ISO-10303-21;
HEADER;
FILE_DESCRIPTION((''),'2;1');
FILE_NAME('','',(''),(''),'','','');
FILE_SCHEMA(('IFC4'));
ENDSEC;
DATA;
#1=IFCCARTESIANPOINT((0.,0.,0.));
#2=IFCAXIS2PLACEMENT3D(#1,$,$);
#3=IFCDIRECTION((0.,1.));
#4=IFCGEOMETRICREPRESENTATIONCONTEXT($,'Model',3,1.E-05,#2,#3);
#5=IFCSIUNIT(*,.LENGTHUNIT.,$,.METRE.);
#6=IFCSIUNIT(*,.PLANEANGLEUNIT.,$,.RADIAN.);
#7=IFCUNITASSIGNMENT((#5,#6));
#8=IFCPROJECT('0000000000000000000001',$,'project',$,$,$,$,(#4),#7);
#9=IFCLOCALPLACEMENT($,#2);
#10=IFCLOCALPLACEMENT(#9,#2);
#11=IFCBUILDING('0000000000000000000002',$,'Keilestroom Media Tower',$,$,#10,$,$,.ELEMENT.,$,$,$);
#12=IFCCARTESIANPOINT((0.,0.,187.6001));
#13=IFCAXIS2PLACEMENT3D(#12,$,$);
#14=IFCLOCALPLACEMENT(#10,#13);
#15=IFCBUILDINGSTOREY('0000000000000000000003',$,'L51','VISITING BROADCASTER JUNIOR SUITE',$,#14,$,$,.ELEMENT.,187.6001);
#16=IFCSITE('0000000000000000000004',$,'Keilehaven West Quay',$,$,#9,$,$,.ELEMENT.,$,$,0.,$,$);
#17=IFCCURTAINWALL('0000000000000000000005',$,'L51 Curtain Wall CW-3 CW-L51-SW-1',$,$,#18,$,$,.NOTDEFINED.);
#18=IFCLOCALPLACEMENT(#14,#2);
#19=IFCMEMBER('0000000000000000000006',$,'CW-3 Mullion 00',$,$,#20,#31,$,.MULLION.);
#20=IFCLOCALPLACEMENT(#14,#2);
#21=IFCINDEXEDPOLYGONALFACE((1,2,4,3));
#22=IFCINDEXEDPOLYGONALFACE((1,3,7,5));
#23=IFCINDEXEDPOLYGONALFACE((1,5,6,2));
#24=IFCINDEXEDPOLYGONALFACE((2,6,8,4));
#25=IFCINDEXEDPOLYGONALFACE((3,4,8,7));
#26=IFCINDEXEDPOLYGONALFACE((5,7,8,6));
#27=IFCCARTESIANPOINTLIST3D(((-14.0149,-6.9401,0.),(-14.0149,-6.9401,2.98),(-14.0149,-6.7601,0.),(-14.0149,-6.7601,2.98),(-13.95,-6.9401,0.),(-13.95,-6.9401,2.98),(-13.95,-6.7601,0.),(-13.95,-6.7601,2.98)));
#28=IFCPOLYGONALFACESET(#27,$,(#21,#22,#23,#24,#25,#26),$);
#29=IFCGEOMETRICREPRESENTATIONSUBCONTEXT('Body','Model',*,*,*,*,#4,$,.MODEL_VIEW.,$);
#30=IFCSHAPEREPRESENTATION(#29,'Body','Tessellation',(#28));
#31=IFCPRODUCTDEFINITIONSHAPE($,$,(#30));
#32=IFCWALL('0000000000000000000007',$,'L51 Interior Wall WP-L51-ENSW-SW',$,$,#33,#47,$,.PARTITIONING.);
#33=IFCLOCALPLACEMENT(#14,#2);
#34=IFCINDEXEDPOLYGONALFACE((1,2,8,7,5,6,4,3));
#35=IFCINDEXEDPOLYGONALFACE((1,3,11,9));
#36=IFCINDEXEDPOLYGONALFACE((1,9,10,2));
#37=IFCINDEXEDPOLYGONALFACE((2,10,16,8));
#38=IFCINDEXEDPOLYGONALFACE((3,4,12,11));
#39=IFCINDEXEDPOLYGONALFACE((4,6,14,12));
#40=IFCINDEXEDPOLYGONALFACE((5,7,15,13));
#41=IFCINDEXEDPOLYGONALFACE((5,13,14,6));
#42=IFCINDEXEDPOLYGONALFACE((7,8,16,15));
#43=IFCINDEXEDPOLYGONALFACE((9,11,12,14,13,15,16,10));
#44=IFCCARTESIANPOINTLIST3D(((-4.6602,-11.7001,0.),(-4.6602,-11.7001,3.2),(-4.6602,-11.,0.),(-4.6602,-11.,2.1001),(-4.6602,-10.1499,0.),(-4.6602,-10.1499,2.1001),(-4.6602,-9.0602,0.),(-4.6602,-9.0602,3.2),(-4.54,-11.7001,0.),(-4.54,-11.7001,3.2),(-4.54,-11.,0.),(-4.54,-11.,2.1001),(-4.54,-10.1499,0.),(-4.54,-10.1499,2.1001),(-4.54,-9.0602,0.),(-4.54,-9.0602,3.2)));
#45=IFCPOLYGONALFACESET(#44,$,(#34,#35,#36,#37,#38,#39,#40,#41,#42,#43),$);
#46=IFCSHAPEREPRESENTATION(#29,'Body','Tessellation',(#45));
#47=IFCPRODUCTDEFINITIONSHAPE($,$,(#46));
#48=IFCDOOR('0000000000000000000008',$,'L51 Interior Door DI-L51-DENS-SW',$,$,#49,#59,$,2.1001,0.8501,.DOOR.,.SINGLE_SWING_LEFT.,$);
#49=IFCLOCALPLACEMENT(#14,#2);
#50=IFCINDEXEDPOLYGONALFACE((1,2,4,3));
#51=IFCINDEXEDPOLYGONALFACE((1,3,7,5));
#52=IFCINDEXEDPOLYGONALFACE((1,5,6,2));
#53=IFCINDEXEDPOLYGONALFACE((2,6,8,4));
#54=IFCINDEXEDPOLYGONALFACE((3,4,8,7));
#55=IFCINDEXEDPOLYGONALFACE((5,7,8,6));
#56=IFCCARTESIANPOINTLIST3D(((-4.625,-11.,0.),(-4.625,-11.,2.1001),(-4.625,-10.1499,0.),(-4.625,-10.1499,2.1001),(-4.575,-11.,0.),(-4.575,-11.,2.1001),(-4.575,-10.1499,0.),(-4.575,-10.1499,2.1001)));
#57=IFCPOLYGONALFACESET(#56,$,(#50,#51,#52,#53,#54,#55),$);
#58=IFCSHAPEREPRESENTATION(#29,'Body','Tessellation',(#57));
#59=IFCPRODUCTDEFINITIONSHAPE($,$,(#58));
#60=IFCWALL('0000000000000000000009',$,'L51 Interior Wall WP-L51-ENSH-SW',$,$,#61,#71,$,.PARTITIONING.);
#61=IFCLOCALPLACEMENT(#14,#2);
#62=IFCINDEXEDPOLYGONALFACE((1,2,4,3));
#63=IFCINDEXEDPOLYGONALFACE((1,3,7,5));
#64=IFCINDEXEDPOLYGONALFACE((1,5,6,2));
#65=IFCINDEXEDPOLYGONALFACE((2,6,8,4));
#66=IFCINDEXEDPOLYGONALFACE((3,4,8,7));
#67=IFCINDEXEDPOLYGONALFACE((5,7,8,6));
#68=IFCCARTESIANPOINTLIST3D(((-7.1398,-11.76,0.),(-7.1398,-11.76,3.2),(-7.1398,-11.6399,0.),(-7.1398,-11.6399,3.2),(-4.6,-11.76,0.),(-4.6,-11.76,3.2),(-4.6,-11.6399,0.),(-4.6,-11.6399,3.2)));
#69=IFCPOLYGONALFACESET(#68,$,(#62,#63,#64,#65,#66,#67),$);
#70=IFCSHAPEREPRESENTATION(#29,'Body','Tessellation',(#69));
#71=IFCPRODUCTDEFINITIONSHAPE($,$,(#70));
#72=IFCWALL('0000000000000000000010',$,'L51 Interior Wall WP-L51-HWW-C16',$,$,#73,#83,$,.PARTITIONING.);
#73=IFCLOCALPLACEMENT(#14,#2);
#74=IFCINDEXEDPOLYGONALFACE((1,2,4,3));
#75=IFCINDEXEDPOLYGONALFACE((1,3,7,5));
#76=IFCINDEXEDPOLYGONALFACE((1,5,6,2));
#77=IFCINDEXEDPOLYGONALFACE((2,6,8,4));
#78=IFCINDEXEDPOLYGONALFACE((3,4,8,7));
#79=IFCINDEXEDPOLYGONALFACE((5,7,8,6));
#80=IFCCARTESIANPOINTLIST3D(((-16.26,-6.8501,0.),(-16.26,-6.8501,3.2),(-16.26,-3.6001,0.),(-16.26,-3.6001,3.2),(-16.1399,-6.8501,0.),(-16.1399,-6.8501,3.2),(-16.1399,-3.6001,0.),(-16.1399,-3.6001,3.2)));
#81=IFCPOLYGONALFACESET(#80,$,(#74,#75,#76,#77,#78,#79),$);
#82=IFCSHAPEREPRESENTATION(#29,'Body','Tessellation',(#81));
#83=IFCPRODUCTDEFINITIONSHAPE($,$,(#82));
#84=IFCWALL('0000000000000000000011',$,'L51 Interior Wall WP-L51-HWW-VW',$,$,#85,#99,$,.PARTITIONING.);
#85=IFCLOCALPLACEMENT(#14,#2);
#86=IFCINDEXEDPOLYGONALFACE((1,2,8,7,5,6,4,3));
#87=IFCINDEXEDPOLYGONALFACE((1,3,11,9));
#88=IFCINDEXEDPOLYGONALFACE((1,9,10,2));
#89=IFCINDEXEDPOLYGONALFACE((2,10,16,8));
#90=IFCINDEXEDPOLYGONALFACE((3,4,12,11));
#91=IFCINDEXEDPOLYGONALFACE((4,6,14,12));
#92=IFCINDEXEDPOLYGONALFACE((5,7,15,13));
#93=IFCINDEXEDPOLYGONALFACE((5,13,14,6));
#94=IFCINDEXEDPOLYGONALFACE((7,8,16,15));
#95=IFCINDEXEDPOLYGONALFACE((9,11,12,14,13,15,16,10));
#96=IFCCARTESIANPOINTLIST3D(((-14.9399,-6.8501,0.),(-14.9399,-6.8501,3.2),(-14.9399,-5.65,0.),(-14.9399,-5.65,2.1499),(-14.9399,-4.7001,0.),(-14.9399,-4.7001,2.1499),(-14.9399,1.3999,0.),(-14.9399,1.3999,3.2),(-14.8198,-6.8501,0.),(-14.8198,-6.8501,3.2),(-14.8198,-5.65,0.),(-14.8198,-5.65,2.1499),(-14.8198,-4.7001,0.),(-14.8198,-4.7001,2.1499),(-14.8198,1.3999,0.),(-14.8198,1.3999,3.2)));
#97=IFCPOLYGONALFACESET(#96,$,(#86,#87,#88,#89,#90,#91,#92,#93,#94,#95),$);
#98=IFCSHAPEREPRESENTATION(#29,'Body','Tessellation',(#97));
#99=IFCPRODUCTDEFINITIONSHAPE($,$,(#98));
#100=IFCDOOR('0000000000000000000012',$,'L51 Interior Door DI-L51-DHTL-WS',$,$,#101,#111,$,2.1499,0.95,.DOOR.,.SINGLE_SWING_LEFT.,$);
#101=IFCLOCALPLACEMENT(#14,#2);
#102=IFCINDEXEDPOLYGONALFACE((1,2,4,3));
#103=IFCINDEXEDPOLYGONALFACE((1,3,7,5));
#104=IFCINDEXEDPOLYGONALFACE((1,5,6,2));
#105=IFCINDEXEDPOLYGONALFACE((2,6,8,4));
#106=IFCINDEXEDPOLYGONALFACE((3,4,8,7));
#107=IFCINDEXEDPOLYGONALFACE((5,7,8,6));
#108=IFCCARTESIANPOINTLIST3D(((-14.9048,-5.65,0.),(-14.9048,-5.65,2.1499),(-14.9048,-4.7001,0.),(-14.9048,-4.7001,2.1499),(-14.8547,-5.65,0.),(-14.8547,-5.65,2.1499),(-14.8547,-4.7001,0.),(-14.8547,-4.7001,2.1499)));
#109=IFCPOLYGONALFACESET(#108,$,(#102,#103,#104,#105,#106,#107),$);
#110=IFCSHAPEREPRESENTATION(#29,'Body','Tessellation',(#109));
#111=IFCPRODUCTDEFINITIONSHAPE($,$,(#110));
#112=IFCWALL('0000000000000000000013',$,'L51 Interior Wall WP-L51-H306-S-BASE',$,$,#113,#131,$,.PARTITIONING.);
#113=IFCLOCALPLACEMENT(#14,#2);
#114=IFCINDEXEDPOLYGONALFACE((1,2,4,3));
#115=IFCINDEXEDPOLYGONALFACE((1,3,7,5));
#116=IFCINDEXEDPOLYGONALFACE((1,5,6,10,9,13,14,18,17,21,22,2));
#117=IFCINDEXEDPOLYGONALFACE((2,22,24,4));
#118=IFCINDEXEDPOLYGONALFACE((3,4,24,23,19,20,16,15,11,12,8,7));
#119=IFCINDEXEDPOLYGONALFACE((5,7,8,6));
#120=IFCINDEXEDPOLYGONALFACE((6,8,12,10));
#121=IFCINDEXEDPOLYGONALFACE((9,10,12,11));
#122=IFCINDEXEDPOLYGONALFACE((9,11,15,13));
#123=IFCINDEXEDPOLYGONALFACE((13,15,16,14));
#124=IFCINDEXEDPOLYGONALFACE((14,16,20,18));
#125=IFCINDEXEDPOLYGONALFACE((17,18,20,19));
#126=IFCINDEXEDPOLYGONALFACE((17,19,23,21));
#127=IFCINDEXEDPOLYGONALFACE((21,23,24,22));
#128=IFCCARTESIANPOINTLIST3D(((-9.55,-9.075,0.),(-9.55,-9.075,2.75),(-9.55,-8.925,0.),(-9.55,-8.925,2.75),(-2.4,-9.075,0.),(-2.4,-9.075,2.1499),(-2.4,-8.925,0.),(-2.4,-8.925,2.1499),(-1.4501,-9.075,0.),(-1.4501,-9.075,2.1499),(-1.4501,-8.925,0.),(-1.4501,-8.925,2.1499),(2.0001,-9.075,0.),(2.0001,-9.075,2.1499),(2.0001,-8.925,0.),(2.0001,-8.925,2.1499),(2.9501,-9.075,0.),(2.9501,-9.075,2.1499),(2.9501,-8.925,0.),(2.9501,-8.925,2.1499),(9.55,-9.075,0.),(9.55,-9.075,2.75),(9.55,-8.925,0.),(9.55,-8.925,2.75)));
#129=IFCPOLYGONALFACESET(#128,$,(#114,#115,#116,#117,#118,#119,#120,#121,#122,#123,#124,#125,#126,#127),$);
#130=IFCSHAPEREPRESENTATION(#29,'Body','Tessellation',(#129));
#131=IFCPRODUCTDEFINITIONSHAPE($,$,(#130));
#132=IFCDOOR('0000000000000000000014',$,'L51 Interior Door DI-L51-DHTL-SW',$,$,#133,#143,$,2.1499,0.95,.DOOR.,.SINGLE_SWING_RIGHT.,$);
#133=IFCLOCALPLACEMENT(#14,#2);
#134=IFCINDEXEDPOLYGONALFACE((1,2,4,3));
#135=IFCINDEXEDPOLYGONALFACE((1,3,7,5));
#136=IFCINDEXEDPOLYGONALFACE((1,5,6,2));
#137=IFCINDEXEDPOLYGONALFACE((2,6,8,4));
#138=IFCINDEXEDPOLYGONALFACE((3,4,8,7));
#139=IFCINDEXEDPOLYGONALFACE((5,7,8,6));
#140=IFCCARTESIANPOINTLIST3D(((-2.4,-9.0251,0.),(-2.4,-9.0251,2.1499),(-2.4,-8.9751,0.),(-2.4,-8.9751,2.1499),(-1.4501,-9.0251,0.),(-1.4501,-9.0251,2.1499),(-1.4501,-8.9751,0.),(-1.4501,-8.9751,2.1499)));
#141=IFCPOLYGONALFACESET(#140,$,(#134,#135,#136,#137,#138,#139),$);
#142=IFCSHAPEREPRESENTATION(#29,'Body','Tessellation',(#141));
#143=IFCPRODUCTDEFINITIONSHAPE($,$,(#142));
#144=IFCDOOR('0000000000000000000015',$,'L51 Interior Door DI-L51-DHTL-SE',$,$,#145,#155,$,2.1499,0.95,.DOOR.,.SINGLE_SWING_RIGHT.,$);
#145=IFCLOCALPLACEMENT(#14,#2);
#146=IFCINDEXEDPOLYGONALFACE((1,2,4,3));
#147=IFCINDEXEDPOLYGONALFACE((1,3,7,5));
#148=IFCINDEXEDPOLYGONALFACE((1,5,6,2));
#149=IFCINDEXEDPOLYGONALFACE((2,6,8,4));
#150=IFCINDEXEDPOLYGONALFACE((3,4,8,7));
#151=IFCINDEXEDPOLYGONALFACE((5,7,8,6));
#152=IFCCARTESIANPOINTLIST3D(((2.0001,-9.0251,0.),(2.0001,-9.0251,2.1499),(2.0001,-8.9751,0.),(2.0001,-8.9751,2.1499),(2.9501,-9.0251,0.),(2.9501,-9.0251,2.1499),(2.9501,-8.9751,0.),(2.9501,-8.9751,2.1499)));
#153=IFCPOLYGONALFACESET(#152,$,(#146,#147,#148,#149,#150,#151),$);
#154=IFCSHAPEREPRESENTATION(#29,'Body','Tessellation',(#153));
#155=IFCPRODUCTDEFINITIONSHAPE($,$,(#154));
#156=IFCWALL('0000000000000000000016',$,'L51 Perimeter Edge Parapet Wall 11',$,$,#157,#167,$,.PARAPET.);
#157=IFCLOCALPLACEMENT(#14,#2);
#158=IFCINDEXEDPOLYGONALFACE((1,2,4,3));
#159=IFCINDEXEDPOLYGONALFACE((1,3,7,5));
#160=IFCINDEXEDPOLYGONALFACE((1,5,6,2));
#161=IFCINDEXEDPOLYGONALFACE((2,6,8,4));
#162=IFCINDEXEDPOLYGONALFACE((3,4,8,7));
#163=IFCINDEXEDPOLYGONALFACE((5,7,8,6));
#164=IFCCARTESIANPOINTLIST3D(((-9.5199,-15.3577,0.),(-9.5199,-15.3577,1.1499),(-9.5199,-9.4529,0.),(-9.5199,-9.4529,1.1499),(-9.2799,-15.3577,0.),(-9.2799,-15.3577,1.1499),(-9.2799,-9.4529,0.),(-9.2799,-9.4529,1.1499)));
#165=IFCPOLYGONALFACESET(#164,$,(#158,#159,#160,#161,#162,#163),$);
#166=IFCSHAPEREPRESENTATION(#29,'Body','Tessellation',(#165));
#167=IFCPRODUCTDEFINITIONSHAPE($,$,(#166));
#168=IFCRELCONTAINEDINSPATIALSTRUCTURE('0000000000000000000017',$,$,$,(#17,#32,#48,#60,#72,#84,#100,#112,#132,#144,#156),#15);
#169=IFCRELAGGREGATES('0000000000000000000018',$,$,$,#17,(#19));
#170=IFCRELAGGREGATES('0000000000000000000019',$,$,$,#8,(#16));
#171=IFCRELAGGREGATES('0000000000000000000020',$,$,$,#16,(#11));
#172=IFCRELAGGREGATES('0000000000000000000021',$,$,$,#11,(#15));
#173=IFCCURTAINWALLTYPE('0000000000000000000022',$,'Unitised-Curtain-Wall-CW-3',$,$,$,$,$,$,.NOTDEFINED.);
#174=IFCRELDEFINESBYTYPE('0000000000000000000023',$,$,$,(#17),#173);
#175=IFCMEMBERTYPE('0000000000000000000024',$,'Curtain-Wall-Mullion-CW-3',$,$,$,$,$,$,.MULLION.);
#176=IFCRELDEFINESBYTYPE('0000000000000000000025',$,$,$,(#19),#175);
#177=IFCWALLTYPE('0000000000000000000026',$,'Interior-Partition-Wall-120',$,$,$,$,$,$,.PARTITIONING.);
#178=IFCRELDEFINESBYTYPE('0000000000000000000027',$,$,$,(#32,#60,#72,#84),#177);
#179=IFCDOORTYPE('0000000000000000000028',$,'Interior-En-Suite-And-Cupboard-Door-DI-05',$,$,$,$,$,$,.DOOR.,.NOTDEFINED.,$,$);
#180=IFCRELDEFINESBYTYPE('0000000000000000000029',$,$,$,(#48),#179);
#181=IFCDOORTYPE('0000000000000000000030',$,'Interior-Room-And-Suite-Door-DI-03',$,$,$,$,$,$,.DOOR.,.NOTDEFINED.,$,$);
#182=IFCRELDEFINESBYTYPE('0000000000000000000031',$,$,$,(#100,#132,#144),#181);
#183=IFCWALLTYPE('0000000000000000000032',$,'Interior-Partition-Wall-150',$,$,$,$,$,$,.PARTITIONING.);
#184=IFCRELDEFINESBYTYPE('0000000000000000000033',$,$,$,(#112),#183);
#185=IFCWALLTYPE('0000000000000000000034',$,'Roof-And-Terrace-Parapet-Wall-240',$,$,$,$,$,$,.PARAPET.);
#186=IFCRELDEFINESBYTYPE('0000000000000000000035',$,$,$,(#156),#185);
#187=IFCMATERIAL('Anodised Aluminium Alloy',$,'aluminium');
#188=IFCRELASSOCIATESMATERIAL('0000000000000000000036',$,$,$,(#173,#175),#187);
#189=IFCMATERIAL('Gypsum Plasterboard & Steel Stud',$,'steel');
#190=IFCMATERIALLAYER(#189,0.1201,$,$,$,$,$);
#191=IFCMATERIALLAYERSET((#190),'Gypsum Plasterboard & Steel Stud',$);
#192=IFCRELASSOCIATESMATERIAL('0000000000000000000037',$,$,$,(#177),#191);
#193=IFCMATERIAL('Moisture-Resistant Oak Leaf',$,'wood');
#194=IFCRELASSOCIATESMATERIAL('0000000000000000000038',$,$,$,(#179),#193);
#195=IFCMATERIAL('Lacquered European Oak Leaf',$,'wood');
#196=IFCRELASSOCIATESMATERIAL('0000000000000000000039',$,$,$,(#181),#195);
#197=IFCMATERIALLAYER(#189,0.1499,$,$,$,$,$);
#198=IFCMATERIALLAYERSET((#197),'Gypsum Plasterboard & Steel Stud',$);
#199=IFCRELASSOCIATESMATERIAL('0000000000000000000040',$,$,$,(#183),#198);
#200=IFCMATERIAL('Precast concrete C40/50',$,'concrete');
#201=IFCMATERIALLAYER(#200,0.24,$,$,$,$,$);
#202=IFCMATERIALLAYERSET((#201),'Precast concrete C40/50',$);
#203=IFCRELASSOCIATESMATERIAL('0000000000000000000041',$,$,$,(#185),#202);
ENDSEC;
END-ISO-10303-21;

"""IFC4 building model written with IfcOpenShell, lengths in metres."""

from ifc_helpers import new_model, si_unit, direction, frame, frame_2d, origin, origin_2d, place, context, subcontext, project, spatial, rectangle, extrude, source, transform, mapped, material, layer, layer_set, material_profile, profile_set, type_object, element, fill, aggregate, save


model = new_model("IFC4")

# Units and contexts
model_context = context("Model", 3, precision=1e-05, world=origin(), true_north=direction((0.0, 1.0)))
body_context = subcontext(model_context, "Body", "Model", "MODEL_VIEW")
ifc_project = project(units=[si_unit("LENGTHUNIT", "METRE"), si_unit("PLANEANGLEUNIT", "RADIAN")], contexts=[model_context])

# Site, building, storey
site_placement = place(None, origin())
site = spatial("IfcSite", under=ifc_project, at=site_placement, Name="Keilehaven West Quay", CompositionType="ELEMENT", RefElevation=0.0)
building_placement = place(site_placement, origin())
building = spatial("IfcBuilding", under=site, at=building_placement, Name="Keilestroom Media Tower", CompositionType="ELEMENT")
storey_placement = place(building_placement, frame((0.0, 0.0, 187.6001)))
storey = spatial("IfcBuildingStorey", under=building, at=storey_placement, Name="L51", Description="VISITING BROADCASTER JUNIOR SUITE", CompositionType="ELEMENT", Elevation=187.6001)

# Shared definitions
ifc_material_1 = material(Name="Precast concrete C40/50", Category="concrete")

# Curtain wall, member
ifc_material_2 = material(Name="Anodised Aluminium Alloy", Category="aluminium")
curtain_wall_type = type_object("IfcCurtainWallType", Name="Unitised-Curtain-Wall-CW-3", PredefinedType="NOTDEFINED", material=ifc_material_2)
curtain_wall_placement = place(storey_placement, origin())
curtain_wall = element("IfcCurtainWall", 1, at=curtain_wall_placement, inside=storey, type_object=curtain_wall_type, Name="L51 Curtain Wall CW-3 CW-L51-SW-1", PredefinedType="NOTDEFINED")
ifc_material_profile_1 = material_profile(ifc_material_2, rectangle(XDim=0.0649, YDim=0.1799, at=origin_2d()), Name="ALU MULLION 65x180")
ifc_profile_set_1 = profile_set([ifc_material_profile_1], Name="Anodised Aluminium Alloy")
member_type = type_object("IfcMemberType", Name="Curtain-Wall-Mullion-CW-3", PredefinedType="MULLION", material=ifc_profile_set_1)
shared_shape_1 = source(origin(), body_context, "Body", "SweptSolid", [
    extrude(rectangle(XDim=0.0649, YDim=0.1799, at=origin_2d()), origin(), (0.0, 0.0, 1.0), 2.98),
])
member_placement = place(storey_placement, frame((-13.9824, -6.8501, 0.0), z_axis=(0.0, 0.0, 1.0), x_axis=(1.0, 0.0, 0.0)))
member = element("IfcMember", 2, at=member_placement, type_object=member_type, Name="CW-3 Mullion 00", PredefinedType="MULLION", context=body_context, shape_type="MappedRepresentation", body=[
    mapped(shared_shape_1, transform((0.0, 0.0, 0.0), x_axis=(1.0, 0.0, 0.0), y_axis=(0.0, 1.0, 0.0), z_axis=(0.0, 0.0, 1.0), scale=1.0)),
])
aggregate(curtain_wall, [member])

# Wall, opening, door
ifc_material_3 = material(Name="Gypsum Plasterboard & Steel Stud", Category="steel")
ifc_layer_1 = layer(ifc_material_3, 0.1201)
ifc_layer_set_1 = layer_set([ifc_layer_1], Name="Gypsum Plasterboard & Steel Stud")
wall_type_1 = type_object("IfcWallType", Name="Interior-Partition-Wall-120", PredefinedType="PARTITIONING", material=ifc_layer_set_1)
wall_1_placement = place(storey_placement, frame((-4.6001, -11.7, 0.0), z_axis=(0.0, 0.0, 1.0), x_axis=(0.0, 1.0, 0.0)))
wall_1 = element("IfcWall", 3, at=wall_1_placement, inside=storey, type_object=wall_type_1, Name="L51 Interior Wall WP-L51-ENSW-SW", PredefinedType="PARTITIONING", context=body_context, shape_type="SweptSolid", body=[
    extrude(rectangle(XDim=2.6399, YDim=0.1201, at=frame_2d((1.3198, 0.0))), origin(), (0.0, 0.0, 1.0), 3.2),
])
opening_1_placement = place(wall_1_placement, frame((0.7, 0.0, 0.0)))
opening_1 = element("IfcOpeningElement", 4, at=opening_1_placement, cuts=wall_1, PredefinedType="OPENING", context=body_context, shape_type="SweptSolid", body=[
    extrude(rectangle(XDim=0.8501, YDim=2.1001, at=frame_2d((0.425, 1.05))), frame((0.0, 0.0701, 0.0), z_axis=(0.0, -1.0, 0.0), x_axis=(1.0, 0.0, 0.0)), (0.0, 0.0, 1.0), 0.1401),
])
ifc_material_4 = material(Name="Moisture-Resistant Oak Leaf", Category="wood")
door_type_1 = type_object("IfcDoorType", Name="Interior-En-Suite-And-Cupboard-Door-DI-05", OperationType="NOTDEFINED", PredefinedType="DOOR", material=ifc_material_4)
shared_shape_2 = source(origin(), body_context, "Body", "SweptSolid", [
    extrude(rectangle(XDim=0.8501, YDim=2.1001, at=frame_2d((0.425, 1.05))), frame((0.0, 0.0249, 0.0), z_axis=(0.0, -1.0, 0.0), x_axis=(1.0, 0.0, 0.0)), (0.0, 0.0, 1.0), 0.05),
])
door_1_placement = place(opening_1_placement, origin())
door_1 = element("IfcDoor", 5, at=door_1_placement, inside=storey, type_object=door_type_1, Name="L51 Interior Door DI-L51-DENS-SW", OperationType="SINGLE_SWING_LEFT", OverallHeight=2.1001, OverallWidth=0.8501, PredefinedType="DOOR", context=body_context, shape_type="MappedRepresentation", body=[
    mapped(shared_shape_2, transform((0.0, 0.0, 0.0), x_axis=(1.0, 0.0, 0.0), y_axis=(0.0, 1.0, 0.0), z_axis=(0.0, 0.0, 1.0), scale=1.0)),
])
fill(opening_1, door_1)

# Walls
wall_2_placement = place(storey_placement, frame((-7.1399, -11.7, 0.0), z_axis=(0.0, 0.0, 1.0), x_axis=(1.0, 0.0, 0.0)))
element("IfcWall", 6, at=wall_2_placement, inside=storey, type_object=wall_type_1, Name="L51 Interior Wall WP-L51-ENSH-SW", PredefinedType="PARTITIONING", context=body_context, shape_type="SweptSolid", body=[
    extrude(rectangle(XDim=2.5398, YDim=0.1201, at=frame_2d((1.27, 0.0))), origin(), (0.0, 0.0, 1.0), 3.2),
])
wall_3_placement = place(storey_placement, frame((-16.2, -6.8501, 0.0), z_axis=(0.0, 0.0, 1.0), x_axis=(0.0, 1.0, 0.0)))
element("IfcWall", 7, at=wall_3_placement, inside=storey, type_object=wall_type_1, Name="L51 Interior Wall WP-L51-HWW-C16", PredefinedType="PARTITIONING", context=body_context, shape_type="SweptSolid", body=[
    extrude(rectangle(XDim=3.25, YDim=0.1201, at=frame_2d((1.625, 0.0))), origin(), (0.0, 0.0, 1.0), 3.2),
])

# Wall, opening, door
wall_4_placement = place(storey_placement, frame((-14.8799, -6.8501, 0.0), z_axis=(0.0, 0.0, 1.0), x_axis=(0.0, 1.0, 0.0)))
wall_4 = element("IfcWall", 8, at=wall_4_placement, inside=storey, type_object=wall_type_1, Name="L51 Interior Wall WP-L51-HWW-VW", PredefinedType="PARTITIONING", context=body_context, shape_type="SweptSolid", body=[
    extrude(rectangle(XDim=8.25, YDim=0.1201, at=frame_2d((4.125, 0.0))), origin(), (0.0, 0.0, 1.0), 3.2),
])
opening_2_placement = place(wall_4_placement, frame((1.2, 0.0, 0.0)))
opening_2 = element("IfcOpeningElement", 9, at=opening_2_placement, cuts=wall_4, PredefinedType="OPENING", context=body_context, shape_type="SweptSolid", body=[
    extrude(rectangle(XDim=0.95, YDim=2.1499, at=frame_2d((0.4751, 1.075))), frame((0.0, 0.0701, 0.0), z_axis=(0.0, -1.0, 0.0), x_axis=(1.0, 0.0, 0.0)), (0.0, 0.0, 1.0), 0.1401),
])
ifc_material_5 = material(Name="Lacquered European Oak Leaf", Category="wood")
door_type_2 = type_object("IfcDoorType", Name="Interior-Room-And-Suite-Door-DI-03", OperationType="NOTDEFINED", PredefinedType="DOOR", material=ifc_material_5)
shared_shape_3 = source(origin(), body_context, "Body", "SweptSolid", [
    extrude(rectangle(XDim=0.95, YDim=2.1499, at=frame_2d((0.4751, 1.075))), frame((0.0, 0.0249, 0.0), z_axis=(0.0, -1.0, 0.0), x_axis=(1.0, 0.0, 0.0)), (0.0, 0.0, 1.0), 0.05),
])
door_2_placement = place(opening_2_placement, origin())
door_2 = element("IfcDoor", 10, at=door_2_placement, inside=storey, type_object=door_type_2, Name="L51 Interior Door DI-L51-DHTL-WS", OperationType="SINGLE_SWING_LEFT", OverallHeight=2.1499, OverallWidth=0.95, PredefinedType="DOOR", context=body_context, shape_type="MappedRepresentation", body=[
    mapped(shared_shape_3, transform((0.0, 0.0, 0.0), x_axis=(1.0, 0.0, 0.0), y_axis=(0.0, 1.0, 0.0), z_axis=(0.0, 0.0, 1.0), scale=1.0)),
])
fill(opening_2, door_2)

# Wall, openings, doors
ifc_layer_2 = layer(ifc_material_3, 0.1499)
ifc_layer_set_2 = layer_set([ifc_layer_2], Name="Gypsum Plasterboard & Steel Stud")
wall_type_2 = type_object("IfcWallType", Name="Interior-Partition-Wall-150", PredefinedType="PARTITIONING", material=ifc_layer_set_2)
wall_5_placement = place(storey_placement, frame((-9.55, -9.0, 0.0), z_axis=(0.0, 0.0, 1.0), x_axis=(1.0, 0.0, 0.0)))
wall_5 = element("IfcWall", 11, at=wall_5_placement, inside=storey, type_object=wall_type_2, Name="L51 Interior Wall WP-L51-H306-S-BASE", PredefinedType="PARTITIONING", context=body_context, shape_type="SweptSolid", body=[
    extrude(rectangle(XDim=19.1001, YDim=0.1499, at=frame_2d((9.55, 0.0))), origin(), (0.0, 0.0, 1.0), 2.75),
])
opening_3_placement = place(wall_5_placement, frame((7.1499, 0.0, 0.0)))
opening_3 = element("IfcOpeningElement", 12, at=opening_3_placement, cuts=wall_5, PredefinedType="OPENING", context=body_context, shape_type="SweptSolid", body=[
    extrude(rectangle(XDim=0.95, YDim=2.1499, at=frame_2d((0.4751, 1.075))), frame((0.0, 0.085, 0.0), z_axis=(0.0, -1.0, 0.0), x_axis=(1.0, 0.0, 0.0)), (0.0, 0.0, 1.0), 0.1699),
])
opening_4_placement = place(wall_5_placement, frame((11.55, 0.0, 0.0)))
opening_4 = element("IfcOpeningElement", 13, at=opening_4_placement, cuts=wall_5, PredefinedType="OPENING", context=body_context, shape_type="SweptSolid", body=[
    extrude(rectangle(XDim=0.95, YDim=2.1499, at=frame_2d((0.4751, 1.075))), frame((0.0, 0.085, 0.0), z_axis=(0.0, -1.0, 0.0), x_axis=(1.0, 0.0, 0.0)), (0.0, 0.0, 1.0), 0.1699),
])
door_3_placement = place(opening_3_placement, origin())
door_3 = element("IfcDoor", 14, at=door_3_placement, inside=storey, type_object=door_type_2, Name="L51 Interior Door DI-L51-DHTL-SW", OperationType="SINGLE_SWING_RIGHT", OverallHeight=2.1499, OverallWidth=0.95, PredefinedType="DOOR", context=body_context, shape_type="MappedRepresentation", body=[
    mapped(shared_shape_3, transform((0.0, 0.0, 0.0), x_axis=(1.0, 0.0, 0.0), y_axis=(0.0, 1.0, 0.0), z_axis=(0.0, 0.0, 1.0), scale=1.0)),
])
fill(opening_3, door_3)
door_4_placement = place(opening_4_placement, origin())
door_4 = element("IfcDoor", 15, at=door_4_placement, inside=storey, type_object=door_type_2, Name="L51 Interior Door DI-L51-DHTL-SE", OperationType="SINGLE_SWING_RIGHT", OverallHeight=2.1499, OverallWidth=0.95, PredefinedType="DOOR", context=body_context, shape_type="MappedRepresentation", body=[
    mapped(shared_shape_3, transform((0.0, 0.0, 0.0), x_axis=(1.0, 0.0, 0.0), y_axis=(0.0, 1.0, 0.0), z_axis=(0.0, 0.0, 1.0), scale=1.0)),
])
fill(opening_4, door_4)

# Wall
ifc_layer_3 = layer(ifc_material_1, 0.24)
ifc_layer_set_3 = layer_set([ifc_layer_3], Name="Precast concrete C40/50")
wall_type_3 = type_object("IfcWallType", Name="Roof-And-Terrace-Parapet-Wall-240", PredefinedType="PARAPET", material=ifc_layer_set_3)
wall_6_placement = place(storey_placement, frame((-9.3999, -15.3577, 0.0), z_axis=(0.0, 0.0, 1.0), x_axis=(0.0, 1.0, 0.0)))
element("IfcWall", 16, at=wall_6_placement, inside=storey, type_object=wall_type_3, Name="L51 Perimeter Edge Parapet Wall 11", PredefinedType="PARAPET", context=body_context, shape_type="SweptSolid", body=[
    extrude(rectangle(XDim=5.9048, YDim=0.24, at=frame_2d((2.9524, 0.0))), origin(), (0.0, 0.0, 1.0), 1.1499),
])

save(model, "model.ifc")
